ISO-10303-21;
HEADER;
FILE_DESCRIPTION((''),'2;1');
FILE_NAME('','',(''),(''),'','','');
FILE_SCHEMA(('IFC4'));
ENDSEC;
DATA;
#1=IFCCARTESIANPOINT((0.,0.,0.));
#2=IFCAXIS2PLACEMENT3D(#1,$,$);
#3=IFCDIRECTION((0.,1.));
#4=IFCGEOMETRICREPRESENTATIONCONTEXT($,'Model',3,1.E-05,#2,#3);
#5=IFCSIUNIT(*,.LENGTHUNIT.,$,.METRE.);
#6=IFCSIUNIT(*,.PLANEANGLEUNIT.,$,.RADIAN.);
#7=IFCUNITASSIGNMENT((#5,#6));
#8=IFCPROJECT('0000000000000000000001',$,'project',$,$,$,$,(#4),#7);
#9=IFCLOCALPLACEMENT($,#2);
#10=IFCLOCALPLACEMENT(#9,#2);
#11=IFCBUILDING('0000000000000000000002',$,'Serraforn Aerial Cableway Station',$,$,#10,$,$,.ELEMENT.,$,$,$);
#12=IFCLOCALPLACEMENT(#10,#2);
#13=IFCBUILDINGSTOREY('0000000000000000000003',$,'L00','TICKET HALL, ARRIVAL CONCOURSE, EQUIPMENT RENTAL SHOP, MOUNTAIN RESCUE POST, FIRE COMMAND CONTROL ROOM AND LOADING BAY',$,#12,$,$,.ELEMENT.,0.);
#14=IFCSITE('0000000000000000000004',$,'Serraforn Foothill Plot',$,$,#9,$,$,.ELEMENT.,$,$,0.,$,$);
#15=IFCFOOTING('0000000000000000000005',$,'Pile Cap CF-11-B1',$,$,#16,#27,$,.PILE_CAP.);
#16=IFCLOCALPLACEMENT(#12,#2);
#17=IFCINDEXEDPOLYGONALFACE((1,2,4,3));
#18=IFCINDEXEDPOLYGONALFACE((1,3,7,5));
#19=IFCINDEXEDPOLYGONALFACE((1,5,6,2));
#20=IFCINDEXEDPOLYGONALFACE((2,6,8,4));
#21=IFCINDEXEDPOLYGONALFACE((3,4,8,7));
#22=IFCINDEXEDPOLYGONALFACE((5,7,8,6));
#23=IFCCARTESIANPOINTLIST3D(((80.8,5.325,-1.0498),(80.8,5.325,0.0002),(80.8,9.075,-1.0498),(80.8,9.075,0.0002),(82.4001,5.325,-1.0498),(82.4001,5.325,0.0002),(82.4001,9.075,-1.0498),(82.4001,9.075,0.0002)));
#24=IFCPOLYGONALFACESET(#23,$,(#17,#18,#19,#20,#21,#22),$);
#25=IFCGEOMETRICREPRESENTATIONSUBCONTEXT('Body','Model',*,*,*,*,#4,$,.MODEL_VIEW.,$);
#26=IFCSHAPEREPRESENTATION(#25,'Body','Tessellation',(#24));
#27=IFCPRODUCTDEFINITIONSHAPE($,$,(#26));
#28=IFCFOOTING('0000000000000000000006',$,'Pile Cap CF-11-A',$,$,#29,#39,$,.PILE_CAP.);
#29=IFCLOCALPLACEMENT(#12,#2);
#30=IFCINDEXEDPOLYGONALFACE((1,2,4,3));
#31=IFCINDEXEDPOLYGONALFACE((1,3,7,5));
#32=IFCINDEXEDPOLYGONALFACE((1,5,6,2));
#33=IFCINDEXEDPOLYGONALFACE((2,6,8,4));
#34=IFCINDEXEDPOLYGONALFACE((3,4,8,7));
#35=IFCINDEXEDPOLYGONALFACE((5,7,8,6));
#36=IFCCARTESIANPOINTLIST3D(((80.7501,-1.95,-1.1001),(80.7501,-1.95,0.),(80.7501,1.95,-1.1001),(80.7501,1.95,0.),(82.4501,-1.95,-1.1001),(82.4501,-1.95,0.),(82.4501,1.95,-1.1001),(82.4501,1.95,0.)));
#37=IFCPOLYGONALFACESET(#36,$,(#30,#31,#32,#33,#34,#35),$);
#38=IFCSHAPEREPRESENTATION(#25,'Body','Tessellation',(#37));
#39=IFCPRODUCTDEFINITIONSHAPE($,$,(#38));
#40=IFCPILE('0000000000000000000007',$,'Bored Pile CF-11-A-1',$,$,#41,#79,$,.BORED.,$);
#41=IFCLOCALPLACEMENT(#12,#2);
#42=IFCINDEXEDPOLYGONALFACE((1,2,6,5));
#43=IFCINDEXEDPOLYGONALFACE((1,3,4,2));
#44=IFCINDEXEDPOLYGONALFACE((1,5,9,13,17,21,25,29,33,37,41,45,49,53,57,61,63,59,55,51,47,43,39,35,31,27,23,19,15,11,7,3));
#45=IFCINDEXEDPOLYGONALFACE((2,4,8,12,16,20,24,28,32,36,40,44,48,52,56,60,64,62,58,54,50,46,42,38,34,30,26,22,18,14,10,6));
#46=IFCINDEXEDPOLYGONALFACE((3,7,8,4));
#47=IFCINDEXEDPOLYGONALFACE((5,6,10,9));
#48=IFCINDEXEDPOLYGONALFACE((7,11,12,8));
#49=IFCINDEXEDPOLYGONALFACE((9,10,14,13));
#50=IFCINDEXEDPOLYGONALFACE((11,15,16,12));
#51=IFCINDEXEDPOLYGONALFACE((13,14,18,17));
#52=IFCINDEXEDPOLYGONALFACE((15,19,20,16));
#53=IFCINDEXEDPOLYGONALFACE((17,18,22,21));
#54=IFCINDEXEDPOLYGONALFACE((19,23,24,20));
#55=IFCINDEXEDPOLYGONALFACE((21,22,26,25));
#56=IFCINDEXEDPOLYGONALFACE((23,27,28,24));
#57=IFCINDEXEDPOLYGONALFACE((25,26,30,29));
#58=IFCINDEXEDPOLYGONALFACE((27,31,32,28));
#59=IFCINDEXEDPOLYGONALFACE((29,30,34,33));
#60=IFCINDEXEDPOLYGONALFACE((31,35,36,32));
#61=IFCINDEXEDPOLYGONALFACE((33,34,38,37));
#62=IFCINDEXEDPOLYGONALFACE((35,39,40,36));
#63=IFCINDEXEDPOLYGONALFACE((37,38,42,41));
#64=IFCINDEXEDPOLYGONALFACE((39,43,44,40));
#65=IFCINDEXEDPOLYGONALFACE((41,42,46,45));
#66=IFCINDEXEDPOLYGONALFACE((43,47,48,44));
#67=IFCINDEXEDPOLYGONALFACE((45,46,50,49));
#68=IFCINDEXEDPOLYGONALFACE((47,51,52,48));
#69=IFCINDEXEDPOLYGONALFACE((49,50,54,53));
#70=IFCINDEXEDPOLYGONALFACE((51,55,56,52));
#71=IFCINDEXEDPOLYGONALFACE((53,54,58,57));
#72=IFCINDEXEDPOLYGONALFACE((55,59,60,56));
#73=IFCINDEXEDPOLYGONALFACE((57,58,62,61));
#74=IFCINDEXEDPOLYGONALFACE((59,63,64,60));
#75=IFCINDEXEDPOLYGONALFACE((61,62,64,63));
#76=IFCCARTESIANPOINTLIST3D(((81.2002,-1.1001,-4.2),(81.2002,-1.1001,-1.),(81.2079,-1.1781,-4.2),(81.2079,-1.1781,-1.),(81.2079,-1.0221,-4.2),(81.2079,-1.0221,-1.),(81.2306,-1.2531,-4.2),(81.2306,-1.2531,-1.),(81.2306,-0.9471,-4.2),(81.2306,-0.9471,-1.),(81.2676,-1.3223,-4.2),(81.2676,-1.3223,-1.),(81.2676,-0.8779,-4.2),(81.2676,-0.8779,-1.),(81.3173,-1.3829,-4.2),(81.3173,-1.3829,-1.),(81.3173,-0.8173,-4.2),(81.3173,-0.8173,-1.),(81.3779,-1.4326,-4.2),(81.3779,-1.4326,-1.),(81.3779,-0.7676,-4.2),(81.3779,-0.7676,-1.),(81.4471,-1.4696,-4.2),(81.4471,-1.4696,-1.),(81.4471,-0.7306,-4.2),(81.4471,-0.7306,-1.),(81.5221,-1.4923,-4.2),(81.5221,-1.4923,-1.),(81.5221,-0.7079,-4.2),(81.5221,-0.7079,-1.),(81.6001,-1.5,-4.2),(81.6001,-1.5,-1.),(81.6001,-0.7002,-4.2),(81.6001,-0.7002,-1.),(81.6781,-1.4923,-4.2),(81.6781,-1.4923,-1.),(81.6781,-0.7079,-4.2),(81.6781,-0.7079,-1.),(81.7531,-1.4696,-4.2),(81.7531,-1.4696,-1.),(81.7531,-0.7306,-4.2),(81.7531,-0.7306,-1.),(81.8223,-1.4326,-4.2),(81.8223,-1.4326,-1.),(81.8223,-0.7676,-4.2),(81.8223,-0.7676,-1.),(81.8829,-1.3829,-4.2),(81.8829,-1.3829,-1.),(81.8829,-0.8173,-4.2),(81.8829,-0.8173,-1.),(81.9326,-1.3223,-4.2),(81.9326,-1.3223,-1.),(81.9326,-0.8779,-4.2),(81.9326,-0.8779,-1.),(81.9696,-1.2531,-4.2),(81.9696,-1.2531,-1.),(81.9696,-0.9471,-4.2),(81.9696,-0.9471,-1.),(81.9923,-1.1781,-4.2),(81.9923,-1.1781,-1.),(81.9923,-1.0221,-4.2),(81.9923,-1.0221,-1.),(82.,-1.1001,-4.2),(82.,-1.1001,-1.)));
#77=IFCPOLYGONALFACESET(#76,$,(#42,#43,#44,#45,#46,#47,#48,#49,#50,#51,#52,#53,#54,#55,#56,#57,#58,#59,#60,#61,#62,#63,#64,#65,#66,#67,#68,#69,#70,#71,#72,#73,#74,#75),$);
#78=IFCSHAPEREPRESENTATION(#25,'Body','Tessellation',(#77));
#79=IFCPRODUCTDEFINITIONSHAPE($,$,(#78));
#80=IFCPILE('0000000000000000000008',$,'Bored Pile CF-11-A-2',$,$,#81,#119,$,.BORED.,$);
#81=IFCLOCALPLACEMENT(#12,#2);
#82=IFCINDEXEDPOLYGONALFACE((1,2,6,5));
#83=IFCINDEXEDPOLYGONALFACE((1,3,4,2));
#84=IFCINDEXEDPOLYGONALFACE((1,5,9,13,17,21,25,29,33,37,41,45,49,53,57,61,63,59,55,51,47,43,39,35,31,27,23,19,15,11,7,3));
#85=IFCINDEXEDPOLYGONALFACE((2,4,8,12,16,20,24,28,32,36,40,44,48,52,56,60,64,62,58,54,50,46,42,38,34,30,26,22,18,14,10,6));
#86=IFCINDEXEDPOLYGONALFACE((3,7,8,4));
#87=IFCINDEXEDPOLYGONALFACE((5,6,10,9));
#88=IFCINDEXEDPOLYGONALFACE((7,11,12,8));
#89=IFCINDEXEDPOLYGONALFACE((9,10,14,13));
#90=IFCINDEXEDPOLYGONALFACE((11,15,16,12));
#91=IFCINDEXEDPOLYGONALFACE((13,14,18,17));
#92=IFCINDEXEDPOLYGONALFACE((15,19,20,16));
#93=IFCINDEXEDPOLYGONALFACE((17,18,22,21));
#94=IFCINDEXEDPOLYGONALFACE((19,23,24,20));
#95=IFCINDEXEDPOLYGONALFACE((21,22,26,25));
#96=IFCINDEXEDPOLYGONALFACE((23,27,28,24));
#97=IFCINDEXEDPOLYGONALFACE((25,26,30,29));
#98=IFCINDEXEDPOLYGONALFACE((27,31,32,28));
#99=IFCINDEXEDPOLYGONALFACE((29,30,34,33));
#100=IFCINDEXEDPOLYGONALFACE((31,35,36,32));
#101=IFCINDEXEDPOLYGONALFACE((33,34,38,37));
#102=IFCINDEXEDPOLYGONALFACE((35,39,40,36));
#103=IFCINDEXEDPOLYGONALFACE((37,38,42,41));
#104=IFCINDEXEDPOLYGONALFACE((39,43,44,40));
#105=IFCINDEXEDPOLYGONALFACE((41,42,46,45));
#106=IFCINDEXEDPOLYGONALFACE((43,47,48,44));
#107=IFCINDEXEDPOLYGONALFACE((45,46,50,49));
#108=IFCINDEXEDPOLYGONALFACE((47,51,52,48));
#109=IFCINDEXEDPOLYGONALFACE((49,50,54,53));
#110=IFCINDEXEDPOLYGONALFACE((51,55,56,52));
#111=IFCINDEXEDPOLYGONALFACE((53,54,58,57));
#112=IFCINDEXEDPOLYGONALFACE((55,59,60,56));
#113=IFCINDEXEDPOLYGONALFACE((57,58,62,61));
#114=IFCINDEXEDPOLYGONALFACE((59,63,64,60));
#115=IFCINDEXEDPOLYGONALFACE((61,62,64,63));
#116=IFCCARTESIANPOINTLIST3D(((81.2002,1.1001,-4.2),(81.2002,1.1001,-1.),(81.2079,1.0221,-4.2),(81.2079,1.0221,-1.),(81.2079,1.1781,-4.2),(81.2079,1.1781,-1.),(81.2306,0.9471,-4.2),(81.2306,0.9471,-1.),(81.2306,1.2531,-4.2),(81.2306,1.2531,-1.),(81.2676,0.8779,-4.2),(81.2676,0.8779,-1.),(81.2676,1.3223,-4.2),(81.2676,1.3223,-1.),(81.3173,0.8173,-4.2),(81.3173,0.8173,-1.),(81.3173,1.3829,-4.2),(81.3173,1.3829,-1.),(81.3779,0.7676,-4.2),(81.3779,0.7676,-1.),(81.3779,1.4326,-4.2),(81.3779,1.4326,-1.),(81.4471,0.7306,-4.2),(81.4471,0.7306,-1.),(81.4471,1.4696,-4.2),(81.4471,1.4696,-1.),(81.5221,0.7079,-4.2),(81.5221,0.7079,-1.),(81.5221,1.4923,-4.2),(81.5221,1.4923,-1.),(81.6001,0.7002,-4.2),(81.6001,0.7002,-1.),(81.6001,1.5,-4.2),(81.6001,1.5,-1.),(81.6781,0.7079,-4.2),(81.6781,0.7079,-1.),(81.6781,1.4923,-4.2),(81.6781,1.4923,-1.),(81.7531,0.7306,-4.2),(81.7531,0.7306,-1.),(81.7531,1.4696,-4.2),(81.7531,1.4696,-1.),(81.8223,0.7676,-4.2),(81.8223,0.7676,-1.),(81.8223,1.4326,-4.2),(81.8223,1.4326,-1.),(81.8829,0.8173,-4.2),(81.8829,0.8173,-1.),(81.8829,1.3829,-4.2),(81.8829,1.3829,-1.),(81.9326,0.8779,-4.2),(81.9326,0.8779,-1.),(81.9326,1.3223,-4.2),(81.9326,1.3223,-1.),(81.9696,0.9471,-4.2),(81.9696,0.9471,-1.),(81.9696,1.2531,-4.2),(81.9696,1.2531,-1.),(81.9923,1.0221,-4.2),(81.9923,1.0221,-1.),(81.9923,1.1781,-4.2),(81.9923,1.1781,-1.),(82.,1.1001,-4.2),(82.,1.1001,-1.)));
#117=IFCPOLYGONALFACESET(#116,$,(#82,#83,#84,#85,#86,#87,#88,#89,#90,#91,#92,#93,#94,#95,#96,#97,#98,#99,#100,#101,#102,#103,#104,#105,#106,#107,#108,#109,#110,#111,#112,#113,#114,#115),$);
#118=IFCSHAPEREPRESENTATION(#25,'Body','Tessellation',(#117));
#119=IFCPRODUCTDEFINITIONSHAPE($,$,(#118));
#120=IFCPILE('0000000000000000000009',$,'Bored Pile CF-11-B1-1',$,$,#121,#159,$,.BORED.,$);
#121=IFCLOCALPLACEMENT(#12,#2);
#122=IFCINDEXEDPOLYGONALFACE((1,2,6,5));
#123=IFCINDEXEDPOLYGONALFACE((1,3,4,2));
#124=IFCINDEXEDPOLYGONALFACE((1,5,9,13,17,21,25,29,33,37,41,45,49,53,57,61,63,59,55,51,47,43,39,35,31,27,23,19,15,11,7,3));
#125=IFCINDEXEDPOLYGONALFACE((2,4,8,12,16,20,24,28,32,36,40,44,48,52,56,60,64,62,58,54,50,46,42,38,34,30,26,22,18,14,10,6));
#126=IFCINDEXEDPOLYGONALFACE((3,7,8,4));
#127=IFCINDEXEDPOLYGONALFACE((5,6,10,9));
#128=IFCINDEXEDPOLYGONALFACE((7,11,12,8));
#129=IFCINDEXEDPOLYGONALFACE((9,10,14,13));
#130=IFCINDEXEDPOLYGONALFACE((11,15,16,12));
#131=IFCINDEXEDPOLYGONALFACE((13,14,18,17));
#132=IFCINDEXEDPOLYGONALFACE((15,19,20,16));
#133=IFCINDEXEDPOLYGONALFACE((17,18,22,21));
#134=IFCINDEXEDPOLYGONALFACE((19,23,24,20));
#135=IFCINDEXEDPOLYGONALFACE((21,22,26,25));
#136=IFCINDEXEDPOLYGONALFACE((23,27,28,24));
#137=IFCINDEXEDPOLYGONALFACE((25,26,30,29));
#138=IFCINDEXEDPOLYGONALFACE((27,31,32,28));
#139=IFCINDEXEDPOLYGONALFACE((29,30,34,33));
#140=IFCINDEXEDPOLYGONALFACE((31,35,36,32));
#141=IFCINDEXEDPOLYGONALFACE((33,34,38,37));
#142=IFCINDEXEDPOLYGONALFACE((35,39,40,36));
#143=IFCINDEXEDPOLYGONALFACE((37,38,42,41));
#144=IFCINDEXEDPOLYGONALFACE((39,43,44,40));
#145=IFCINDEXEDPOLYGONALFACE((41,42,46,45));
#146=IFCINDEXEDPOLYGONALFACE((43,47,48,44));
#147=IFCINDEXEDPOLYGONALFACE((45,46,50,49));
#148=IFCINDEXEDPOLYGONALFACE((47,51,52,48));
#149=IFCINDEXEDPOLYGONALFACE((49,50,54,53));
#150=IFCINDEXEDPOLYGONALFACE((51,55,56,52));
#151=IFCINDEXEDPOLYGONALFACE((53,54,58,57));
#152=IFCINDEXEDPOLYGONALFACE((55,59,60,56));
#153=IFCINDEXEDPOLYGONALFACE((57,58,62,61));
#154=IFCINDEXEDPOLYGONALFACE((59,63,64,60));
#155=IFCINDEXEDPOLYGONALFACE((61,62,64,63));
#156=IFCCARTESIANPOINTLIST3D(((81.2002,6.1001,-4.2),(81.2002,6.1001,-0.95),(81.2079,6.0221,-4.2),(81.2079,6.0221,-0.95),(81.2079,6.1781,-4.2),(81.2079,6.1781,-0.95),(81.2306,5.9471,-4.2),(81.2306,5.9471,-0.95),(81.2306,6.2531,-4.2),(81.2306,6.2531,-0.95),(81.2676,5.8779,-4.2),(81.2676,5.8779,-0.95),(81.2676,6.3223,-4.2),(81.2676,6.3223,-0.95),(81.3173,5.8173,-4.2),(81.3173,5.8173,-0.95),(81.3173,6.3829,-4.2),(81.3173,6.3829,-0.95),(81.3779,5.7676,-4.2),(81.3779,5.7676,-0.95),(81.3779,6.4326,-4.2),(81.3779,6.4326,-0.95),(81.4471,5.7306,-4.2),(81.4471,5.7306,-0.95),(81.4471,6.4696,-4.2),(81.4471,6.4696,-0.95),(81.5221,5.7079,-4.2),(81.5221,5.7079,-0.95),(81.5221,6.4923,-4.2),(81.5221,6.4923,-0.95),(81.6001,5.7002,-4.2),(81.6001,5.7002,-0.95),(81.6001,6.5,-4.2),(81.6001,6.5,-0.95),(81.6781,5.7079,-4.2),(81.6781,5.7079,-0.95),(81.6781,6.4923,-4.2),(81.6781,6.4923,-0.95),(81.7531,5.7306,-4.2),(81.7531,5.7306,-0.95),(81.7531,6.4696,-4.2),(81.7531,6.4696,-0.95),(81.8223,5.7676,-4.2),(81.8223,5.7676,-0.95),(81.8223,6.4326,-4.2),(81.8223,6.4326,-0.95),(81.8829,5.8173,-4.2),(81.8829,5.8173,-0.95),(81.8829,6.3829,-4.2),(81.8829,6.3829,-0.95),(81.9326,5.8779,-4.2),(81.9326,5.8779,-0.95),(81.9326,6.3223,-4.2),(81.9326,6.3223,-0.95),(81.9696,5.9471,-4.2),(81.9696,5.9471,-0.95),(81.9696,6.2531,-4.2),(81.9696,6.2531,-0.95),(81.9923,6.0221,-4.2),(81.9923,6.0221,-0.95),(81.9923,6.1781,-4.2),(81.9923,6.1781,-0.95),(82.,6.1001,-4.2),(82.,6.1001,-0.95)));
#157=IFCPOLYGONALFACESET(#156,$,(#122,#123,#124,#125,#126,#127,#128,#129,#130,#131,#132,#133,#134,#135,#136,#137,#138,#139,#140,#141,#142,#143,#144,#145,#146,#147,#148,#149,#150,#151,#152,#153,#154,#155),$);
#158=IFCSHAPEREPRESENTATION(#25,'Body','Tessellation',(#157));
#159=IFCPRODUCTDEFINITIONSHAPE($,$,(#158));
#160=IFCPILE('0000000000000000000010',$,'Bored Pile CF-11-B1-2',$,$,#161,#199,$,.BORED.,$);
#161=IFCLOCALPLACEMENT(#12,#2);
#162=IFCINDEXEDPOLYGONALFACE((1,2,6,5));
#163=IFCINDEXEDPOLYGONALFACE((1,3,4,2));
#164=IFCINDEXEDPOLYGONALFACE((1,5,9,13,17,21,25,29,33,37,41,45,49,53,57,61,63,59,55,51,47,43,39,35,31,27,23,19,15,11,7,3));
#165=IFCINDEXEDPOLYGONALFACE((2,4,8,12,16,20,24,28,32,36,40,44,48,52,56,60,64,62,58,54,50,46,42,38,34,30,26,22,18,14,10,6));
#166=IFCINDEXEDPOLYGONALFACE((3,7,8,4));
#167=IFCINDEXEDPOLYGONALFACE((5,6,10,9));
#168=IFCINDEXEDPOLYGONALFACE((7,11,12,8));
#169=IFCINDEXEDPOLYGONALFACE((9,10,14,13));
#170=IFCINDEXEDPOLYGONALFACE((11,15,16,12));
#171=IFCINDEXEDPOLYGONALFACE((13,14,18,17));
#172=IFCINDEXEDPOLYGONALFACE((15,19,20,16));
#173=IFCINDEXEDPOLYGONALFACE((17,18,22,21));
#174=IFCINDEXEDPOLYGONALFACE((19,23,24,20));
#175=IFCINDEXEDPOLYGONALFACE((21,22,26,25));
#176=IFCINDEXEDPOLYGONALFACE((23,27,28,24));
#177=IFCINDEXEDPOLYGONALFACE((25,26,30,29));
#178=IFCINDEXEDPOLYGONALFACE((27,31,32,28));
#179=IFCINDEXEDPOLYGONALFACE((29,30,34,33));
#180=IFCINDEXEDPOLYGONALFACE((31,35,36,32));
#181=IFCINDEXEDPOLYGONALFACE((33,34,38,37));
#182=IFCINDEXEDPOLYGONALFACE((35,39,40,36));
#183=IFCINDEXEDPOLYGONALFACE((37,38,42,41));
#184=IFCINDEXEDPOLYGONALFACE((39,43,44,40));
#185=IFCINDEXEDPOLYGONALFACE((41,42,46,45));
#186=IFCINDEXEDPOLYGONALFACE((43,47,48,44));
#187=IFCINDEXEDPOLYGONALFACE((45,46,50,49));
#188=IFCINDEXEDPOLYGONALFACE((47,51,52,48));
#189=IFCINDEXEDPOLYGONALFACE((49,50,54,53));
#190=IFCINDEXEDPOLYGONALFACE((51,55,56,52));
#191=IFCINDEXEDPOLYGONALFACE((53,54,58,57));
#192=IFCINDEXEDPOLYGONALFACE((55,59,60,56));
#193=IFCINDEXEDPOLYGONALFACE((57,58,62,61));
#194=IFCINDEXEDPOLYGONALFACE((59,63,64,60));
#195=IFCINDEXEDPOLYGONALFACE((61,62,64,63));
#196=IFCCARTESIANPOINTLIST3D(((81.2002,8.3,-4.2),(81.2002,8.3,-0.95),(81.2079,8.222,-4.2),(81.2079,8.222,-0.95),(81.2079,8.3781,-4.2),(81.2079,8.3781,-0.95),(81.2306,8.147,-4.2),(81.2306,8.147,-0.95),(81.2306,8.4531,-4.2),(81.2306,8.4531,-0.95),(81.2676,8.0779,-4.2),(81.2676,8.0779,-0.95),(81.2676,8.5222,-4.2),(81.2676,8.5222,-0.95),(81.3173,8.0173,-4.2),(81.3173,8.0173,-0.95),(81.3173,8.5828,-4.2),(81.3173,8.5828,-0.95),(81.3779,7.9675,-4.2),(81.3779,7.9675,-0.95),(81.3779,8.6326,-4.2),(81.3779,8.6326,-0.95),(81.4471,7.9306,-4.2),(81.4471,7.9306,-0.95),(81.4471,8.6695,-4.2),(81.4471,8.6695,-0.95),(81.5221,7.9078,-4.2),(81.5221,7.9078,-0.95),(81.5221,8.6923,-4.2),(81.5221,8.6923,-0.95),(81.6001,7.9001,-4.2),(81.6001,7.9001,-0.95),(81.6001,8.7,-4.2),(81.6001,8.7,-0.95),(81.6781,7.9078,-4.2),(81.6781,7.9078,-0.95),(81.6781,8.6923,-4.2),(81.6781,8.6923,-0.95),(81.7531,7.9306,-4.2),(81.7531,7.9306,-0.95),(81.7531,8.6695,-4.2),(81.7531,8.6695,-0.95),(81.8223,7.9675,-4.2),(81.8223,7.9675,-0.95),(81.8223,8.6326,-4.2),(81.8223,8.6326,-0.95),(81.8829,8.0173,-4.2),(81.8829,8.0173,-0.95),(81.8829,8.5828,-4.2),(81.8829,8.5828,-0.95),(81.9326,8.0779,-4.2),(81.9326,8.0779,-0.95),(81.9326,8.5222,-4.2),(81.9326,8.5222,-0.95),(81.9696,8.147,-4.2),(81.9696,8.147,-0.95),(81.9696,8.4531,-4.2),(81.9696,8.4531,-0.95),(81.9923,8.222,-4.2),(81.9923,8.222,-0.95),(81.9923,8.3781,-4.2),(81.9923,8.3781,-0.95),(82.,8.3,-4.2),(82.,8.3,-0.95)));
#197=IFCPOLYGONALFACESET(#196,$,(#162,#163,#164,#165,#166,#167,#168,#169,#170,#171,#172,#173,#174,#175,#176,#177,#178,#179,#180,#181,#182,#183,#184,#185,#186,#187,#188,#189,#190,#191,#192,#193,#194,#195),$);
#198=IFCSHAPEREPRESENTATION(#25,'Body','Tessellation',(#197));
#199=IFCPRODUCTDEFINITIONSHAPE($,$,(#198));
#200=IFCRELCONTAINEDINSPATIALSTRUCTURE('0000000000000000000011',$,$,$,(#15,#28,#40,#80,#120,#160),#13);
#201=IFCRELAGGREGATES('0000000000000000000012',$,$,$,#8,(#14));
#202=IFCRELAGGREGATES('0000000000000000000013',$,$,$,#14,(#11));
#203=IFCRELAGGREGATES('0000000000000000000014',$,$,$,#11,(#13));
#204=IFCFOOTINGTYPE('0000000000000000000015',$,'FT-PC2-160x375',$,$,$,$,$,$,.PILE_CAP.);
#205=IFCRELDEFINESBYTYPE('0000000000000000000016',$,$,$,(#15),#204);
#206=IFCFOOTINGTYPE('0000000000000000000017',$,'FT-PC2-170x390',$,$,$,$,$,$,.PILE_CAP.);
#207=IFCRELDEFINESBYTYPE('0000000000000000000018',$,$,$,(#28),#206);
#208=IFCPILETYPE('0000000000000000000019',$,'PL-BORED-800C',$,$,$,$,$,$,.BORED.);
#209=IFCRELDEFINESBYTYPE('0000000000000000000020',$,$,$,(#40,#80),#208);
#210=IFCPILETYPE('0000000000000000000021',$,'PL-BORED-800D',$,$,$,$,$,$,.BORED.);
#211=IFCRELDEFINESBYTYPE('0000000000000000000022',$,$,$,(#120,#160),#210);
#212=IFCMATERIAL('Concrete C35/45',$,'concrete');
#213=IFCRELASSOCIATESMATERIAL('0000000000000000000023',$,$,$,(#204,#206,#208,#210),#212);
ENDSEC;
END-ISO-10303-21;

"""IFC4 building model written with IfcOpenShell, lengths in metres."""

from ifc_helpers import new_model, si_unit, direction, frame, origin, origin_2d, place, context, subcontext, project, spatial, rectangle, circle, extrude, material, material_profile, profile_set, type_object, element, save


model = new_model("IFC4")

# Units and contexts
model_context = context("Model", 3, precision=1e-05, world=origin(), true_north=direction((0.0, 1.0)))
body_context = subcontext(model_context, "Body", "Model", "MODEL_VIEW")
ifc_project = project(units=[si_unit("LENGTHUNIT", "METRE"), si_unit("PLANEANGLEUNIT", "RADIAN")], contexts=[model_context])

# Site, building, storey
site_placement = place(None, origin())
site = spatial("IfcSite", under=ifc_project, at=site_placement, Name="Serraforn Foothill Plot", CompositionType="ELEMENT", RefElevation=0.0)
building_placement = place(site_placement, origin())
building = spatial("IfcBuilding", under=site, at=building_placement, Name="Serraforn Aerial Cableway Station", CompositionType="ELEMENT")
storey_placement = place(building_placement, origin())
storey = spatial("IfcBuildingStorey", under=building, at=storey_placement, Name="L00", Description="TICKET HALL, ARRIVAL CONCOURSE, EQUIPMENT RENTAL SHOP, MOUNTAIN RESCUE POST, FIRE COMMAND CONTROL ROOM AND LOADING BAY", CompositionType="ELEMENT", Elevation=0.0)

# Footings
ifc_material_1 = material(Name="Concrete C35/45", Category="concrete")
footing_type_1 = type_object("IfcFootingType", Name="FT-PC2-160x375", PredefinedType="PILE_CAP", material=ifc_material_1)
footing_1_placement = place(storey_placement, frame((81.6001, 7.2, -1.0498), z_axis=(0.0, 0.0, 1.0), x_axis=(1.0, 0.0, 0.0)))
element("IfcFooting", 1, at=footing_1_placement, inside=storey, type_object=footing_type_1, Name="Pile Cap CF-11-B1", PredefinedType="PILE_CAP", context=body_context, shape_type="SweptSolid", body=[
    extrude(rectangle(XDim=1.6001, YDim=3.75, at=origin_2d()), origin(), (0.0, 0.0, 1.0), 1.05),
])
footing_type_2 = type_object("IfcFootingType", Name="FT-PC2-170x390", PredefinedType="PILE_CAP", material=ifc_material_1)
footing_2_placement = place(storey_placement, frame((81.6001, 0.0, -1.1001), z_axis=(0.0, 0.0, 1.0), x_axis=(1.0, 0.0, 0.0)))
element("IfcFooting", 2, at=footing_2_placement, inside=storey, type_object=footing_type_2, Name="Pile Cap CF-11-A", PredefinedType="PILE_CAP", context=body_context, shape_type="SweptSolid", body=[
    extrude(rectangle(XDim=1.7, YDim=3.8999, at=origin_2d()), origin(), (0.0, 0.0, 1.0), 1.1001),
])

# Piles
ifc_material_profile_1 = material_profile(ifc_material_1, circle(Radius=0.3999, at=origin_2d()), Name="BORED PILE D800")
ifc_profile_set_1 = profile_set([ifc_material_profile_1], Name="Concrete C35/45")
pile_type_1 = type_object("IfcPileType", Name="PL-BORED-800C", PredefinedType="BORED", material=ifc_profile_set_1)
for number, where, z_axis, x_axis, name in (
    (3, (81.6001, -1.1001, -1.0), (0.0, 0.0, -1.0), (1.0, 0.0, 0.0), "Bored Pile CF-11-A-1"),
    (4, (81.6001, 1.1001, -1.0), (0.0, 0.0, -1.0), (1.0, 0.0, 0.0), "Bored Pile CF-11-A-2"),
):
    element("IfcPile", number, at=place(storey_placement, frame(where, z_axis=z_axis, x_axis=x_axis)), inside=storey, type_object=pile_type_1, Name=name, PredefinedType="BORED", context=body_context, shape_type="SweptSolid", body=[
        extrude(circle(Radius=0.3999, at=origin_2d()), origin(), (0.0, 0.0, 1.0), 3.2),
    ])
ifc_material_profile_2 = material_profile(ifc_material_1, circle(Radius=0.3999, at=origin_2d()), Name="BORED PILE D800")
ifc_profile_set_2 = profile_set([ifc_material_profile_2], Name="Concrete C35/45")
pile_type_2 = type_object("IfcPileType", Name="PL-BORED-800D", PredefinedType="BORED", material=ifc_profile_set_2)
for number, where, z_axis, x_axis, name in (
    (5, (81.6001, 6.1001, -0.95), (0.0, 0.0, -1.0), (1.0, 0.0, 0.0), "Bored Pile CF-11-B1-1"),
    (6, (81.6001, 8.3, -0.95), (0.0, 0.0, -1.0), (1.0, 0.0, 0.0), "Bored Pile CF-11-B1-2"),
):
    element("IfcPile", number, at=place(storey_placement, frame(where, z_axis=z_axis, x_axis=x_axis)), inside=storey, type_object=pile_type_2, Name=name, PredefinedType="BORED", context=body_context, shape_type="SweptSolid", body=[
        extrude(circle(Radius=0.3999, at=origin_2d()), origin(), (0.0, 0.0, 1.0), 3.25),
    ])

save(model, "model.ifc")
